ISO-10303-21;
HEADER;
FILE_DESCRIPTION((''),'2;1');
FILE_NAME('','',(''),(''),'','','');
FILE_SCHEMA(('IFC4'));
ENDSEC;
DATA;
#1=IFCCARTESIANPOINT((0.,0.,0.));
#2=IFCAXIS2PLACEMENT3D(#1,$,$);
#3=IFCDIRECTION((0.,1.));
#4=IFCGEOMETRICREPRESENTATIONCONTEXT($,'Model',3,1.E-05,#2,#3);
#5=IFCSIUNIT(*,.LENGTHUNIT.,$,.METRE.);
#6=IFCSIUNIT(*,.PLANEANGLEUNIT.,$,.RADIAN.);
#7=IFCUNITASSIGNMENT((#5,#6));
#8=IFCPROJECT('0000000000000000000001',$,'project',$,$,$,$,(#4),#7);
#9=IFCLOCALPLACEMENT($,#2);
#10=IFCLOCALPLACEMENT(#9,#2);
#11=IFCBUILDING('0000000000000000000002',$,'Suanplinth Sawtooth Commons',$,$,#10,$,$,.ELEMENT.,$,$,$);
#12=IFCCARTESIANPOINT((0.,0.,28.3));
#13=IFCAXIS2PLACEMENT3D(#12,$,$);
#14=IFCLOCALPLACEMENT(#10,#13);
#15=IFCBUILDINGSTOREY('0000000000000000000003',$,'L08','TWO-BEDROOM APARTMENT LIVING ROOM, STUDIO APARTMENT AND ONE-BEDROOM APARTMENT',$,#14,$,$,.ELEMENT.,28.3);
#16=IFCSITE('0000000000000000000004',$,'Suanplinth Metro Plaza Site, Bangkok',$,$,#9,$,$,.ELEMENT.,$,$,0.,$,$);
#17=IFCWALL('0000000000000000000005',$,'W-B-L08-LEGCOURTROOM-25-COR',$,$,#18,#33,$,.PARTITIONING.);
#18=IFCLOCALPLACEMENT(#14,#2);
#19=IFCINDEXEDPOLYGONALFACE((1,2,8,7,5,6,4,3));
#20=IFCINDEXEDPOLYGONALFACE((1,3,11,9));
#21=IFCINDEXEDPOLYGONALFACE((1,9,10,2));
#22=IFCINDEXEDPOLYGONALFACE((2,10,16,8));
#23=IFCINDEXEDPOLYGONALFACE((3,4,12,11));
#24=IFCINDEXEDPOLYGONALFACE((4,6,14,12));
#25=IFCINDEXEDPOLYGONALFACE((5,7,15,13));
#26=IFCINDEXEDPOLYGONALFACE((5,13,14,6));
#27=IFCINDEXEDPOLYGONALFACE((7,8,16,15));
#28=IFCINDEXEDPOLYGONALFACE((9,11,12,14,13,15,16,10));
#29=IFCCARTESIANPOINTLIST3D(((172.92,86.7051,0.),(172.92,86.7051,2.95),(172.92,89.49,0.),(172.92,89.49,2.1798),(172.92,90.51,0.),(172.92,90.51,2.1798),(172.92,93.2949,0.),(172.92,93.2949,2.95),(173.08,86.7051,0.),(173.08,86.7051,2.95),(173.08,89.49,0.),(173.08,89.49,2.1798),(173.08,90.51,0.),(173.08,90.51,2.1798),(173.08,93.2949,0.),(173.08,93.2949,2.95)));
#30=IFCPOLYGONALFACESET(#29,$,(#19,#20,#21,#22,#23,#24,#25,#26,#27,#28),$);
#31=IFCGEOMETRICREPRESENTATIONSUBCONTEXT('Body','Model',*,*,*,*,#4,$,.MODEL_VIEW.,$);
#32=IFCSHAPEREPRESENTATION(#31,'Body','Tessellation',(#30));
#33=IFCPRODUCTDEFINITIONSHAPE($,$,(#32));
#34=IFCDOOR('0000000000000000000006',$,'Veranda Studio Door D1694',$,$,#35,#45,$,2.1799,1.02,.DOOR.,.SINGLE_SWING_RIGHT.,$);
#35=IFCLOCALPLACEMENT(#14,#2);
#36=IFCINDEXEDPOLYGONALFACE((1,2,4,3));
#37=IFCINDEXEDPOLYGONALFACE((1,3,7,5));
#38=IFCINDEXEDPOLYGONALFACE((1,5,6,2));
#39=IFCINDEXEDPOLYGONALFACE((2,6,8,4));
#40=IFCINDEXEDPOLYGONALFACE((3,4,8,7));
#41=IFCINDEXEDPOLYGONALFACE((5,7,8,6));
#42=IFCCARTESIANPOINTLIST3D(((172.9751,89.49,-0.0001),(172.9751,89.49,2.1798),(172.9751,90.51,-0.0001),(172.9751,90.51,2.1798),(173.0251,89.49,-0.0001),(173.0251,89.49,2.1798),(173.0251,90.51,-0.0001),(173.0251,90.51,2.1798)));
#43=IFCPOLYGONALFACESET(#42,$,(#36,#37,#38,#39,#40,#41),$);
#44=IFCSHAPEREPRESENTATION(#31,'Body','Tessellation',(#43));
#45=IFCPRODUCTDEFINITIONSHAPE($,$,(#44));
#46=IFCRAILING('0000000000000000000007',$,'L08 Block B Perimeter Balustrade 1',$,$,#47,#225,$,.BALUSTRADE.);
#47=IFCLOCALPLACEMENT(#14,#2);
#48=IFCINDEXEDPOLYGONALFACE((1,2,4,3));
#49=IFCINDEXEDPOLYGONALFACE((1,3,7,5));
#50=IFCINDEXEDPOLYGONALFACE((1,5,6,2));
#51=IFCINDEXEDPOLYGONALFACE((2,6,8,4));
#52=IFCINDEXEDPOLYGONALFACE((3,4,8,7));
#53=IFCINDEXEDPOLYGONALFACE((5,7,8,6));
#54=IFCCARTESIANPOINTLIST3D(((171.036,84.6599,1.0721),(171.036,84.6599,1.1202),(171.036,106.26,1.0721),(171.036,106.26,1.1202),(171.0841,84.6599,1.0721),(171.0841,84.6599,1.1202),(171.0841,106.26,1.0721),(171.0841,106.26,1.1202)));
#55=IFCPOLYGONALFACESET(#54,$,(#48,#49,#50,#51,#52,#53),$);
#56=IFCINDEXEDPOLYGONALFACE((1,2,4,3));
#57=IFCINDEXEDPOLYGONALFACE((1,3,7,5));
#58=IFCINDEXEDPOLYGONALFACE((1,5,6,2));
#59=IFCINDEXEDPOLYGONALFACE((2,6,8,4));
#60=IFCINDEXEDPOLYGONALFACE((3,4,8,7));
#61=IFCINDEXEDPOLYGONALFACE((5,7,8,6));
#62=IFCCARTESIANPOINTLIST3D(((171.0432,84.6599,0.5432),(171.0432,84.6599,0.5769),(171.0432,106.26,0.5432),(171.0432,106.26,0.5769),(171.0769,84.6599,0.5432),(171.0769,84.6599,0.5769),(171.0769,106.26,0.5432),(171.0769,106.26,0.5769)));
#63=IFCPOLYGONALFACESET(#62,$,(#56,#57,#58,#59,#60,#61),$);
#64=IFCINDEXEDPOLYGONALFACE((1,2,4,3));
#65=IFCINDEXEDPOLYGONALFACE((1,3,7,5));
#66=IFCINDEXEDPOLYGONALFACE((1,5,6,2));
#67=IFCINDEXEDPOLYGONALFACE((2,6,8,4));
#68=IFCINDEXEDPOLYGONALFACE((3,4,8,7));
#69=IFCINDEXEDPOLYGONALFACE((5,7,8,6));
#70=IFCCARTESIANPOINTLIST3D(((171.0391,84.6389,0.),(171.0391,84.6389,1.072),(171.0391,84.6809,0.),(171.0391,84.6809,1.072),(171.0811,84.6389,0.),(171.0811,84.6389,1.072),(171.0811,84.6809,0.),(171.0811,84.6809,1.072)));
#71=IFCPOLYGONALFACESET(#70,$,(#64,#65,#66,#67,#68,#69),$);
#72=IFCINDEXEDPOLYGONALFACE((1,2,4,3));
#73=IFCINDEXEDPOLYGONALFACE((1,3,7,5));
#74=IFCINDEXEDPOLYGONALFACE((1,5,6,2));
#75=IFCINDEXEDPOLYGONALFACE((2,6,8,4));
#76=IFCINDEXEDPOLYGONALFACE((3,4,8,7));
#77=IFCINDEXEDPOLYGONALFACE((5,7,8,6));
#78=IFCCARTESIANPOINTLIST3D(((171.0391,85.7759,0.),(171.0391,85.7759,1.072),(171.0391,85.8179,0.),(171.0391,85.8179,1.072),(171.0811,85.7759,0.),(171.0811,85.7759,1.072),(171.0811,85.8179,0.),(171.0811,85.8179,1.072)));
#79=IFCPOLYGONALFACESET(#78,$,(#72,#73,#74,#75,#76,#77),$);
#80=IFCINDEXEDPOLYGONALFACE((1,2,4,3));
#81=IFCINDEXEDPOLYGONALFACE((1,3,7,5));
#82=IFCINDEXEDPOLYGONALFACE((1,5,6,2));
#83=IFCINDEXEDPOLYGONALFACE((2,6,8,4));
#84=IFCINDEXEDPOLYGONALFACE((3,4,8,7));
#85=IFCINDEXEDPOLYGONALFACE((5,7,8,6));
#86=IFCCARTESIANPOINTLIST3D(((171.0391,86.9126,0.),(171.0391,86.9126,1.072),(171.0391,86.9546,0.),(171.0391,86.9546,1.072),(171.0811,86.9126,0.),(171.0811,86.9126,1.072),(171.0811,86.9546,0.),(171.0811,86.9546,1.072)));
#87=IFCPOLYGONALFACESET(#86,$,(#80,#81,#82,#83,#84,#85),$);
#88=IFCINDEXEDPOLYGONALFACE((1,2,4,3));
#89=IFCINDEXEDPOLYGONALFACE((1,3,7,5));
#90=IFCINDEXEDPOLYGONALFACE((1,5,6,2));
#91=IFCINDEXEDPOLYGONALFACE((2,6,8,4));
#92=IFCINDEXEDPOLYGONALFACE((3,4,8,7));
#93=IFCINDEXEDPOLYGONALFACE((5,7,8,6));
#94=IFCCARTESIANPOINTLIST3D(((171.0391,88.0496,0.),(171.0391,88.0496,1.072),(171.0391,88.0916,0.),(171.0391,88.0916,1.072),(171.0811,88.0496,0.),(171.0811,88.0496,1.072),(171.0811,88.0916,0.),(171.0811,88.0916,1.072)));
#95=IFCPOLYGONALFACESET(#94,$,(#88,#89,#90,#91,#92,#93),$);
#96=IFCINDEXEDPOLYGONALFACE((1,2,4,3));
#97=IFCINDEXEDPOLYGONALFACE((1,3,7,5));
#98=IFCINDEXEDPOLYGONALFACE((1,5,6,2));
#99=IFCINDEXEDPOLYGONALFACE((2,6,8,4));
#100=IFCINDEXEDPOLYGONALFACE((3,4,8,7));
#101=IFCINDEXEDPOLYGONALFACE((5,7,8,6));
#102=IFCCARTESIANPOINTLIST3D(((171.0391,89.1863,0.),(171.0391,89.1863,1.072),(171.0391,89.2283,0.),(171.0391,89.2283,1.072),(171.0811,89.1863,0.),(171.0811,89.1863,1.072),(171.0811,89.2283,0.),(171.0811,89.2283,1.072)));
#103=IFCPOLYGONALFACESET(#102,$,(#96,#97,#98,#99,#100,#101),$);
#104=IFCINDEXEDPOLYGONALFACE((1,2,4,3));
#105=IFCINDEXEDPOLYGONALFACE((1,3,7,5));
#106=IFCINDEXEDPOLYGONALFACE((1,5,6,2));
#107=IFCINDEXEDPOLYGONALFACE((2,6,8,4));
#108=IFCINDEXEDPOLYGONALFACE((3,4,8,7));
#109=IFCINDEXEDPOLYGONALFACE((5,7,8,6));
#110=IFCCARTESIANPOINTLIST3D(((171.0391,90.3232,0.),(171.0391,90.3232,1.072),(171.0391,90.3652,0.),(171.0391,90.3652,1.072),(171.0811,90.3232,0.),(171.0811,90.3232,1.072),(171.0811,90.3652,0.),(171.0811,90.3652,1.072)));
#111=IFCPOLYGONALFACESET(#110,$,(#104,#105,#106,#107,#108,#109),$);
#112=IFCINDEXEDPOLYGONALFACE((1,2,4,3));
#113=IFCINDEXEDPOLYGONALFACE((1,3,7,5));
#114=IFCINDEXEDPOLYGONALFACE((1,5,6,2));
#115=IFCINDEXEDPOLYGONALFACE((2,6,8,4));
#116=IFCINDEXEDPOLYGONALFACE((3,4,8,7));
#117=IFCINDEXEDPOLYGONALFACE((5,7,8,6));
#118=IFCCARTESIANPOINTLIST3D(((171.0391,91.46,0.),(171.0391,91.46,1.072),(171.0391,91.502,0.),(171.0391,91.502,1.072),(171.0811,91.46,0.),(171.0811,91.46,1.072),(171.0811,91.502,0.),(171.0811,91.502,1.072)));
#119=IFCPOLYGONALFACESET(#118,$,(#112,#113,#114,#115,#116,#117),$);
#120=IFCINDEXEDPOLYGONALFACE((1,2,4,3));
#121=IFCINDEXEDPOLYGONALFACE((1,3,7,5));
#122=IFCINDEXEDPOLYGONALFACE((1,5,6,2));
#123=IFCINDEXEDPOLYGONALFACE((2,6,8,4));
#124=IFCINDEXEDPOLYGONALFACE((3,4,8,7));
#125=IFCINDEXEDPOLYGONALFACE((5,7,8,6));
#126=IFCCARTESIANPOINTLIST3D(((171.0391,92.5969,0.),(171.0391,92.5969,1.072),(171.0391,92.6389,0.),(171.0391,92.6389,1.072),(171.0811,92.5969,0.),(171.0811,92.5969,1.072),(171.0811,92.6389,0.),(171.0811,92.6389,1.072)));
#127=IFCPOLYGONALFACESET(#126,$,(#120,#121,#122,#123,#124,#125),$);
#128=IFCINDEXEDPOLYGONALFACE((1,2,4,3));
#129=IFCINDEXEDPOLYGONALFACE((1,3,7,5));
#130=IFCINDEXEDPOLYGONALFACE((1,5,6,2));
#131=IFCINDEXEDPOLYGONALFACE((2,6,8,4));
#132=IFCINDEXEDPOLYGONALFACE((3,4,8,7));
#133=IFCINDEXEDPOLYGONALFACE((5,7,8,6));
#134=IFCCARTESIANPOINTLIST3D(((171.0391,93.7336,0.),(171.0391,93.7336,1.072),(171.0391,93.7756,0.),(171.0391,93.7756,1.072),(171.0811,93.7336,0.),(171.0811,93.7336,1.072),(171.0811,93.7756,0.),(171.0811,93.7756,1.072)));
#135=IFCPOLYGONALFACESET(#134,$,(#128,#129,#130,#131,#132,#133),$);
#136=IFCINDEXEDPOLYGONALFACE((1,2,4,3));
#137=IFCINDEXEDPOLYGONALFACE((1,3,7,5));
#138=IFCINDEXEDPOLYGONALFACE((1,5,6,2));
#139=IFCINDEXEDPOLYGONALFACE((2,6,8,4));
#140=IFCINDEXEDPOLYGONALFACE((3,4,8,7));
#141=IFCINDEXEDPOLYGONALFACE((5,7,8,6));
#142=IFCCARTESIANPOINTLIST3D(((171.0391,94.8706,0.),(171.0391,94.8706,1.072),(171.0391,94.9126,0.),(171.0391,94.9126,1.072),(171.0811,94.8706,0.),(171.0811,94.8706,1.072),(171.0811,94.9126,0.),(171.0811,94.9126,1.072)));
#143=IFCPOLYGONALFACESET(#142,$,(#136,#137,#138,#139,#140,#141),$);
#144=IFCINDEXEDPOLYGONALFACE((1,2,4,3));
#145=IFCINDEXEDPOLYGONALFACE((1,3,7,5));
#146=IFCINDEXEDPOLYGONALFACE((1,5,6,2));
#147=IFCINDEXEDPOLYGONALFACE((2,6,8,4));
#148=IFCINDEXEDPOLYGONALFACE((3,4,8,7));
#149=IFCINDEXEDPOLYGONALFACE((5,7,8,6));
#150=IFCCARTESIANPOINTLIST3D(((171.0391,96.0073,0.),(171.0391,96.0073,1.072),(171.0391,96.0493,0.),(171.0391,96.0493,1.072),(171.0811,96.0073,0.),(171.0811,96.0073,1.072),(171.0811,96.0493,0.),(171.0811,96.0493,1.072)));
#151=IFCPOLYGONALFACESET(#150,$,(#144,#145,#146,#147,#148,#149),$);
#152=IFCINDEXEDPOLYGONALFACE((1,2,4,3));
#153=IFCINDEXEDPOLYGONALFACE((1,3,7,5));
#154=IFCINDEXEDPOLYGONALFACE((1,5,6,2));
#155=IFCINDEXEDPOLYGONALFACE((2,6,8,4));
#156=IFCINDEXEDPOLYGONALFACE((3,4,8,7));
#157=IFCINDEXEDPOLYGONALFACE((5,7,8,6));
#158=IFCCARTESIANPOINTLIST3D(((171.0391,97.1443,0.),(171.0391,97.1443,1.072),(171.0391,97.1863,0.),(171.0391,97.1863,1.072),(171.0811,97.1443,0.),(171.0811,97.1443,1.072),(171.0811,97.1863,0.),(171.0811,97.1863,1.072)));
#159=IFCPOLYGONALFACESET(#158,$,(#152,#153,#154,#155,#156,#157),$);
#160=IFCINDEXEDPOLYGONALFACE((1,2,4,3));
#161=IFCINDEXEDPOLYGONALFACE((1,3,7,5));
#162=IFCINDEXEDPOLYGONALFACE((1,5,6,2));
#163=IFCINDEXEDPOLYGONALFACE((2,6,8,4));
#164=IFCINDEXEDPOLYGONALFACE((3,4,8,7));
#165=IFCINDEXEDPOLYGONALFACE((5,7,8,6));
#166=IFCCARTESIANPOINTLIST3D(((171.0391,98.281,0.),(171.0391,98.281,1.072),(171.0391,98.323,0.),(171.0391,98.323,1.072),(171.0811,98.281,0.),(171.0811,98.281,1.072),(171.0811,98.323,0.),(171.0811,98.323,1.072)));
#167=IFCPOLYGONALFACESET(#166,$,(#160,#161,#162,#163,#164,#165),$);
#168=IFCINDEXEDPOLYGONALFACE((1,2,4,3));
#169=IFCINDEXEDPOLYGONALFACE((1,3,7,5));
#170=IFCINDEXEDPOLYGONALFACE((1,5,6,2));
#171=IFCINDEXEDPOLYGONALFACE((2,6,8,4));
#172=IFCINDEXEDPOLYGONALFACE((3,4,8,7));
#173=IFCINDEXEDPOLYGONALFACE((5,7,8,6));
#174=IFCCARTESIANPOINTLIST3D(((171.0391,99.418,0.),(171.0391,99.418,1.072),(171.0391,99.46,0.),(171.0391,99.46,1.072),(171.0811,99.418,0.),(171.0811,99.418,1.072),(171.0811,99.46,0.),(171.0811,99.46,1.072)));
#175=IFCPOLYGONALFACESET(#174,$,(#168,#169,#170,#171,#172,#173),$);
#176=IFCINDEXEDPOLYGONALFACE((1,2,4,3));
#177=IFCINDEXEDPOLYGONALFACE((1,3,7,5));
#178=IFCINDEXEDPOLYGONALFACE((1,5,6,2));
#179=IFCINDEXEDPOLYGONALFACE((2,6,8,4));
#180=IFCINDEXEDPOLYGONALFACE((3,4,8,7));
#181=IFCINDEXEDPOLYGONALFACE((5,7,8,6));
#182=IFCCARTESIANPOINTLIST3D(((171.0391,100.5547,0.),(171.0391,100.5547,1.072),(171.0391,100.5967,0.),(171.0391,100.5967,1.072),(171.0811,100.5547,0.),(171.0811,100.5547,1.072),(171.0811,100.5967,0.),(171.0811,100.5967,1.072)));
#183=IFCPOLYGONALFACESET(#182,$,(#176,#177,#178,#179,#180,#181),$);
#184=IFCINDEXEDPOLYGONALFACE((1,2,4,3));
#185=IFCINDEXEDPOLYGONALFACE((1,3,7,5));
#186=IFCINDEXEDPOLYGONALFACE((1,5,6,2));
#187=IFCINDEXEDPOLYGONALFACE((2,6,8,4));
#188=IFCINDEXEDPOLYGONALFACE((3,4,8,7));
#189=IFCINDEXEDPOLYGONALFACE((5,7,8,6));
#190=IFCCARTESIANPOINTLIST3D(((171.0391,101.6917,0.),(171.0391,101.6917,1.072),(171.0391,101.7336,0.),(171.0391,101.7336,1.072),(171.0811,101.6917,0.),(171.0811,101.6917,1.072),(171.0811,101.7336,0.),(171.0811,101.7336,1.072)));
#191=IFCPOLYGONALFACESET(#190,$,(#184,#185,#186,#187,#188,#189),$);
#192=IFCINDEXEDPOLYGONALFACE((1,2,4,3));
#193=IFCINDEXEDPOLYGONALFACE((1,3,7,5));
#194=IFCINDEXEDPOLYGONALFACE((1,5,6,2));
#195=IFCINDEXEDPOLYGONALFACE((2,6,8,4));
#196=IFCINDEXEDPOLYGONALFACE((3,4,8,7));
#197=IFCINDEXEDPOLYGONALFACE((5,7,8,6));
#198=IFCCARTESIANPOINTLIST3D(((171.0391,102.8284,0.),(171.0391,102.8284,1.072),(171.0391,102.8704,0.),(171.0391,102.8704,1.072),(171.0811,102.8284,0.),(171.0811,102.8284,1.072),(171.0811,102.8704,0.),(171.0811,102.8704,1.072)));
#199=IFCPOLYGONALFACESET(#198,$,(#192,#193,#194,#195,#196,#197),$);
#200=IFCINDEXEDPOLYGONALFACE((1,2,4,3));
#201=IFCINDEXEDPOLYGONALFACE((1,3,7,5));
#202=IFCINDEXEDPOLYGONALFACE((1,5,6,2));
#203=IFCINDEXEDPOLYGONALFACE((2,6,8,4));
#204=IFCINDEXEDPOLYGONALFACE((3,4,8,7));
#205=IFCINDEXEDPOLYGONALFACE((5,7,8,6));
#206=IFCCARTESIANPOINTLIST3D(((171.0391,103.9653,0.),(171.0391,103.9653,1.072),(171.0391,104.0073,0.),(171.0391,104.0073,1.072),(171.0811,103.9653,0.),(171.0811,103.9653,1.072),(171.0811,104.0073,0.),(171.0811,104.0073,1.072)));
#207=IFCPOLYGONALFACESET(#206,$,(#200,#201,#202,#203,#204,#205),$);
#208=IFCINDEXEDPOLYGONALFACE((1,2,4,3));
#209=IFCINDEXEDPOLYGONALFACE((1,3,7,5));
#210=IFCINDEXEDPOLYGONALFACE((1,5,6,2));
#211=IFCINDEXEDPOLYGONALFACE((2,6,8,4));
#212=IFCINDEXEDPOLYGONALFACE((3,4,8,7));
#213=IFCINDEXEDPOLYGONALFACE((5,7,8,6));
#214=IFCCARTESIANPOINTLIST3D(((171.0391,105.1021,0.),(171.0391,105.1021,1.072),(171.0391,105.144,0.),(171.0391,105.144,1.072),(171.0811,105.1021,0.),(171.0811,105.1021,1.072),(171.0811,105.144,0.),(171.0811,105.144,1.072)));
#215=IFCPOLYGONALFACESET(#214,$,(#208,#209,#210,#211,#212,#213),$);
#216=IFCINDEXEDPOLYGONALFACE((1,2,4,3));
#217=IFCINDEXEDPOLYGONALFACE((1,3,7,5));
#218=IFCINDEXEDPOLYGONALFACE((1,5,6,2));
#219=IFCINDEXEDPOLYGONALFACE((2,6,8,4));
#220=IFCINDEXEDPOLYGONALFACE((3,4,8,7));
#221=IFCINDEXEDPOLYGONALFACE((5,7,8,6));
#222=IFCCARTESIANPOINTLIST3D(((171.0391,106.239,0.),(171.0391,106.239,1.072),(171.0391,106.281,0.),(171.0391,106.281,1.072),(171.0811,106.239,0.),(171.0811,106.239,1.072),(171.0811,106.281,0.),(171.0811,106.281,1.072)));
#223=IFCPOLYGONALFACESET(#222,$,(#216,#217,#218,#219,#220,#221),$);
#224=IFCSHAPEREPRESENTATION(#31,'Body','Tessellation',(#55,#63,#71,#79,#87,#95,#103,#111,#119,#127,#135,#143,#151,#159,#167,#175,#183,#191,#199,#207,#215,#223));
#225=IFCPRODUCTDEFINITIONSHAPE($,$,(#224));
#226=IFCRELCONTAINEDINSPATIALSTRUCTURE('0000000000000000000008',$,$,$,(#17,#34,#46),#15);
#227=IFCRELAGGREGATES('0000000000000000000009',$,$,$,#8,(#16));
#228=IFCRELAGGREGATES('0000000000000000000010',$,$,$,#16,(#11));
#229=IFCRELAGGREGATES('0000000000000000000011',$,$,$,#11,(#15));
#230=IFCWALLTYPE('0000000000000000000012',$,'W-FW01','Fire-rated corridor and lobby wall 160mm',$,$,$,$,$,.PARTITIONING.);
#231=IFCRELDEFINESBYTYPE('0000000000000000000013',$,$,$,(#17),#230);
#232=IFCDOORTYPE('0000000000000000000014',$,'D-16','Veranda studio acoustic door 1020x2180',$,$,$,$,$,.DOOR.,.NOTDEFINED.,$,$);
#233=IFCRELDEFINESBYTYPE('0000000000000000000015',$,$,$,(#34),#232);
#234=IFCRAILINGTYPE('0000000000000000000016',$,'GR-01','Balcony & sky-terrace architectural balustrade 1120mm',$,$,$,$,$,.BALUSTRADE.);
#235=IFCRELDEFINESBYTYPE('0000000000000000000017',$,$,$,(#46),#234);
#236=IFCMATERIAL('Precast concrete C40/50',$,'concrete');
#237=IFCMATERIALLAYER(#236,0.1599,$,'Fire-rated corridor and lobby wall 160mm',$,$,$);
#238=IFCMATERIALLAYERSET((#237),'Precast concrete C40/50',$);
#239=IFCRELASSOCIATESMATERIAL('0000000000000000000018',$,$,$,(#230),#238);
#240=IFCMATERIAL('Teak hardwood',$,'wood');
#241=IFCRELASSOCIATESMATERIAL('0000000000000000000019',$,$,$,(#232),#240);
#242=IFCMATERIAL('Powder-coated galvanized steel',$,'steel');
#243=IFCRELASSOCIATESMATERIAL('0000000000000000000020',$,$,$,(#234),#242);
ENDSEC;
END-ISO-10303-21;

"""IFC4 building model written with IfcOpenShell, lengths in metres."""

from ifc_helpers import new_model, si_unit, direction, frame, frame_2d, origin, origin_2d, place, context, subcontext, project, spatial, rectangle, extrude, material, layer, layer_set, type_object, element, fill, save


model = new_model("IFC4")

# Units and contexts
model_context = context("Model", 3, precision=1e-05, world=origin(), true_north=direction((0.0, 1.0)))
body_context = subcontext(model_context, "Body", "Model", "MODEL_VIEW")
ifc_project = project(units=[si_unit("LENGTHUNIT", "METRE"), si_unit("PLANEANGLEUNIT", "RADIAN")], contexts=[model_context])

# Site, building, storey
site_placement = place(None, origin())
site = spatial("IfcSite", under=ifc_project, at=site_placement, Name="Suanplinth Metro Plaza Site, Bangkok", CompositionType="ELEMENT", RefElevation=0.0)
building_placement = place(site_placement, origin())
building = spatial("IfcBuilding", under=site, at=building_placement, Name="Suanplinth Sawtooth Commons", CompositionType="ELEMENT")
storey_placement = place(building_placement, frame((0.0, 0.0, 28.3)))
storey = spatial("IfcBuildingStorey", under=building, at=storey_placement, Name="L08", Description="TWO-BEDROOM APARTMENT LIVING ROOM, STUDIO APARTMENT AND ONE-BEDROOM APARTMENT", CompositionType="ELEMENT", Elevation=28.3)

# Shared definitions
ifc_material_1 = material(Name="Precast concrete C40/50", Category="concrete")

# Wall, opening, door
ifc_layer_1 = layer(ifc_material_1, 0.1599, Name="Fire-rated corridor and lobby wall 160mm")
ifc_layer_set_1 = layer_set([ifc_layer_1], Name="Precast concrete C40/50")
wall_type_1 = type_object("IfcWallType", Name="W-FW01", Description="Fire-rated corridor and lobby wall 160mm", PredefinedType="PARTITIONING", material=ifc_layer_set_1)
wall_1_placement = place(storey_placement, frame((173.0, 86.7051, 0.0), z_axis=(0.0, 0.0, 1.0), x_axis=(0.0, 1.0, 0.0)))
wall_1 = element("IfcWall", 1, at=wall_1_placement, inside=storey, type_object=wall_type_1, Name="W-B-L08-LEGCOURTROOM-25-COR", PredefinedType="PARTITIONING", context=body_context, shape_type="SweptSolid", body=[
    extrude(rectangle(XDim=6.5898, YDim=0.1599, at=frame_2d((3.2949, 0.0))), origin(), (0.0, 0.0, 1.0), 2.95),
])
opening_1_placement = place(wall_1_placement, frame((2.7849, 0.0, 0.0)))
opening_1 = element("IfcOpeningElement", 2, at=opening_1_placement, cuts=wall_1, PredefinedType="OPENING", context=body_context, shape_type="SweptSolid", body=[
    extrude(rectangle(XDim=1.02, YDim=2.1799, at=frame_2d((0.51, 1.0898))), frame((0.0, 0.0947, 0.0), z_axis=(0.0, -1.0, 0.0), x_axis=(1.0, 0.0, 0.0)), (0.0, 0.0, 1.0), 0.1897),
])
ifc_material_2 = material(Name="Teak hardwood", Category="wood")
door_type_1 = type_object("IfcDoorType", Name="D-16", Description="Veranda studio acoustic door 1020x2180", OperationType="NOTDEFINED", PredefinedType="DOOR", material=ifc_material_2)
door_1_placement = place(opening_1_placement, origin())
door_1 = element("IfcDoor", 3, at=door_1_placement, inside=storey, type_object=door_type_1, Name="Veranda Studio Door D1694", OperationType="SINGLE_SWING_RIGHT", OverallHeight=2.1799, OverallWidth=1.02, PredefinedType="DOOR", context=body_context, shape_type="SweptSolid", body=[
    extrude(rectangle(XDim=1.02, YDim=2.1799, at=frame_2d((0.51, 1.0898))), frame((0.0, 0.0249, 0.0), z_axis=(0.0, -1.0, 0.0), x_axis=(1.0, 0.0, 0.0)), (0.0, 0.0, 1.0), 0.05),
])
fill(opening_1, door_1)

# Railing
ifc_material_3 = material(Name="Powder-coated galvanized steel", Category="steel")
railing_type = type_object("IfcRailingType", Name="GR-01", Description="Balcony & sky-terrace architectural balustrade 1120mm", PredefinedType="BALUSTRADE", material=ifc_material_3)
railing_1_placement = place(storey_placement, frame((171.0601, 84.6599, 0.0)))
element("IfcRailing", 4, at=railing_1_placement, inside=storey, type_object=railing_type, Name="L08 Block B Perimeter Balustrade 1", PredefinedType="BALUSTRADE", context=body_context, shape_type="SweptSolid", body=[
    extrude(rectangle(XDim=0.0481, YDim=0.0481, at=origin_2d()), frame((0.0, 0.0, 1.0962), z_axis=(0.0, 1.0, 0.0), x_axis=(-1.0, 0.0, 0.0)), (0.0, 0.0, 1.0), 21.6001),
    extrude(rectangle(XDim=0.0337, YDim=0.0337, at=origin_2d()), frame((0.0, 0.0, 0.5601), z_axis=(0.0, 1.0, 0.0), x_axis=(-1.0, 0.0, 0.0)), (0.0, 0.0, 1.0), 21.6001),
    extrude(rectangle(XDim=0.042, YDim=0.042, at=origin_2d()), origin(), (0.0, 0.0, 1.0), 1.072),
    extrude(rectangle(XDim=0.042, YDim=0.042, at=origin_2d()), frame((0.0, 1.137, 0.0)), (0.0, 0.0, 1.0), 1.072),
    extrude(rectangle(XDim=0.042, YDim=0.042, at=origin_2d()), frame((0.0, 2.2737, 0.0)), (0.0, 0.0, 1.0), 1.072),
    extrude(rectangle(XDim=0.042, YDim=0.042, at=origin_2d()), frame((0.0, 3.4106, 0.0)), (0.0, 0.0, 1.0), 1.072),
    extrude(rectangle(XDim=0.042, YDim=0.042, at=origin_2d()), frame((0.0, 4.5474, 0.0)), (0.0, 0.0, 1.0), 1.072),
    extrude(rectangle(XDim=0.042, YDim=0.042, at=origin_2d()), frame((0.0, 5.6843, 0.0)), (0.0, 0.0, 1.0), 1.072),
    extrude(rectangle(XDim=0.042, YDim=0.042, at=origin_2d()), frame((0.0, 6.821, 0.0)), (0.0, 0.0, 1.0), 1.072),
    extrude(rectangle(XDim=0.042, YDim=0.042, at=origin_2d()), frame((0.0, 7.958, 0.0)), (0.0, 0.0, 1.0), 1.072),
    extrude(rectangle(XDim=0.042, YDim=0.042, at=origin_2d()), frame((0.0, 9.0947, 0.0)), (0.0, 0.0, 1.0), 1.072),
    extrude(rectangle(XDim=0.042, YDim=0.042, at=origin_2d()), frame((0.0, 10.2317, 0.0)), (0.0, 0.0, 1.0), 1.072),
    extrude(rectangle(XDim=0.042, YDim=0.042, at=origin_2d()), frame((0.0, 11.3684, 0.0)), (0.0, 0.0, 1.0), 1.072),
    extrude(rectangle(XDim=0.042, YDim=0.042, at=origin_2d()), frame((0.0, 12.5054, 0.0)), (0.0, 0.0, 1.0), 1.072),
    extrude(rectangle(XDim=0.042, YDim=0.042, at=origin_2d()), frame((0.0, 13.6421, 0.0)), (0.0, 0.0, 1.0), 1.072),
    extrude(rectangle(XDim=0.042, YDim=0.042, at=origin_2d()), frame((0.0, 14.7791, 0.0)), (0.0, 0.0, 1.0), 1.072),
    extrude(rectangle(XDim=0.042, YDim=0.042, at=origin_2d()), frame((0.0, 15.9158, 0.0)), (0.0, 0.0, 1.0), 1.072),
    extrude(rectangle(XDim=0.042, YDim=0.042, at=origin_2d()), frame((0.0, 17.0527, 0.0)), (0.0, 0.0, 1.0), 1.072),
    extrude(rectangle(XDim=0.042, YDim=0.042, at=origin_2d()), frame((0.0, 18.1895, 0.0)), (0.0, 0.0, 1.0), 1.072),
    extrude(rectangle(XDim=0.042, YDim=0.042, at=origin_2d()), frame((0.0, 19.3264, 0.0)), (0.0, 0.0, 1.0), 1.072),
    extrude(rectangle(XDim=0.042, YDim=0.042, at=origin_2d()), frame((0.0, 20.4631, 0.0)), (0.0, 0.0, 1.0), 1.072),
    extrude(rectangle(XDim=0.042, YDim=0.042, at=origin_2d()), frame((0.0, 21.6001, 0.0)), (0.0, 0.0, 1.0), 1.072),
])

save(model, "model.ifc")
